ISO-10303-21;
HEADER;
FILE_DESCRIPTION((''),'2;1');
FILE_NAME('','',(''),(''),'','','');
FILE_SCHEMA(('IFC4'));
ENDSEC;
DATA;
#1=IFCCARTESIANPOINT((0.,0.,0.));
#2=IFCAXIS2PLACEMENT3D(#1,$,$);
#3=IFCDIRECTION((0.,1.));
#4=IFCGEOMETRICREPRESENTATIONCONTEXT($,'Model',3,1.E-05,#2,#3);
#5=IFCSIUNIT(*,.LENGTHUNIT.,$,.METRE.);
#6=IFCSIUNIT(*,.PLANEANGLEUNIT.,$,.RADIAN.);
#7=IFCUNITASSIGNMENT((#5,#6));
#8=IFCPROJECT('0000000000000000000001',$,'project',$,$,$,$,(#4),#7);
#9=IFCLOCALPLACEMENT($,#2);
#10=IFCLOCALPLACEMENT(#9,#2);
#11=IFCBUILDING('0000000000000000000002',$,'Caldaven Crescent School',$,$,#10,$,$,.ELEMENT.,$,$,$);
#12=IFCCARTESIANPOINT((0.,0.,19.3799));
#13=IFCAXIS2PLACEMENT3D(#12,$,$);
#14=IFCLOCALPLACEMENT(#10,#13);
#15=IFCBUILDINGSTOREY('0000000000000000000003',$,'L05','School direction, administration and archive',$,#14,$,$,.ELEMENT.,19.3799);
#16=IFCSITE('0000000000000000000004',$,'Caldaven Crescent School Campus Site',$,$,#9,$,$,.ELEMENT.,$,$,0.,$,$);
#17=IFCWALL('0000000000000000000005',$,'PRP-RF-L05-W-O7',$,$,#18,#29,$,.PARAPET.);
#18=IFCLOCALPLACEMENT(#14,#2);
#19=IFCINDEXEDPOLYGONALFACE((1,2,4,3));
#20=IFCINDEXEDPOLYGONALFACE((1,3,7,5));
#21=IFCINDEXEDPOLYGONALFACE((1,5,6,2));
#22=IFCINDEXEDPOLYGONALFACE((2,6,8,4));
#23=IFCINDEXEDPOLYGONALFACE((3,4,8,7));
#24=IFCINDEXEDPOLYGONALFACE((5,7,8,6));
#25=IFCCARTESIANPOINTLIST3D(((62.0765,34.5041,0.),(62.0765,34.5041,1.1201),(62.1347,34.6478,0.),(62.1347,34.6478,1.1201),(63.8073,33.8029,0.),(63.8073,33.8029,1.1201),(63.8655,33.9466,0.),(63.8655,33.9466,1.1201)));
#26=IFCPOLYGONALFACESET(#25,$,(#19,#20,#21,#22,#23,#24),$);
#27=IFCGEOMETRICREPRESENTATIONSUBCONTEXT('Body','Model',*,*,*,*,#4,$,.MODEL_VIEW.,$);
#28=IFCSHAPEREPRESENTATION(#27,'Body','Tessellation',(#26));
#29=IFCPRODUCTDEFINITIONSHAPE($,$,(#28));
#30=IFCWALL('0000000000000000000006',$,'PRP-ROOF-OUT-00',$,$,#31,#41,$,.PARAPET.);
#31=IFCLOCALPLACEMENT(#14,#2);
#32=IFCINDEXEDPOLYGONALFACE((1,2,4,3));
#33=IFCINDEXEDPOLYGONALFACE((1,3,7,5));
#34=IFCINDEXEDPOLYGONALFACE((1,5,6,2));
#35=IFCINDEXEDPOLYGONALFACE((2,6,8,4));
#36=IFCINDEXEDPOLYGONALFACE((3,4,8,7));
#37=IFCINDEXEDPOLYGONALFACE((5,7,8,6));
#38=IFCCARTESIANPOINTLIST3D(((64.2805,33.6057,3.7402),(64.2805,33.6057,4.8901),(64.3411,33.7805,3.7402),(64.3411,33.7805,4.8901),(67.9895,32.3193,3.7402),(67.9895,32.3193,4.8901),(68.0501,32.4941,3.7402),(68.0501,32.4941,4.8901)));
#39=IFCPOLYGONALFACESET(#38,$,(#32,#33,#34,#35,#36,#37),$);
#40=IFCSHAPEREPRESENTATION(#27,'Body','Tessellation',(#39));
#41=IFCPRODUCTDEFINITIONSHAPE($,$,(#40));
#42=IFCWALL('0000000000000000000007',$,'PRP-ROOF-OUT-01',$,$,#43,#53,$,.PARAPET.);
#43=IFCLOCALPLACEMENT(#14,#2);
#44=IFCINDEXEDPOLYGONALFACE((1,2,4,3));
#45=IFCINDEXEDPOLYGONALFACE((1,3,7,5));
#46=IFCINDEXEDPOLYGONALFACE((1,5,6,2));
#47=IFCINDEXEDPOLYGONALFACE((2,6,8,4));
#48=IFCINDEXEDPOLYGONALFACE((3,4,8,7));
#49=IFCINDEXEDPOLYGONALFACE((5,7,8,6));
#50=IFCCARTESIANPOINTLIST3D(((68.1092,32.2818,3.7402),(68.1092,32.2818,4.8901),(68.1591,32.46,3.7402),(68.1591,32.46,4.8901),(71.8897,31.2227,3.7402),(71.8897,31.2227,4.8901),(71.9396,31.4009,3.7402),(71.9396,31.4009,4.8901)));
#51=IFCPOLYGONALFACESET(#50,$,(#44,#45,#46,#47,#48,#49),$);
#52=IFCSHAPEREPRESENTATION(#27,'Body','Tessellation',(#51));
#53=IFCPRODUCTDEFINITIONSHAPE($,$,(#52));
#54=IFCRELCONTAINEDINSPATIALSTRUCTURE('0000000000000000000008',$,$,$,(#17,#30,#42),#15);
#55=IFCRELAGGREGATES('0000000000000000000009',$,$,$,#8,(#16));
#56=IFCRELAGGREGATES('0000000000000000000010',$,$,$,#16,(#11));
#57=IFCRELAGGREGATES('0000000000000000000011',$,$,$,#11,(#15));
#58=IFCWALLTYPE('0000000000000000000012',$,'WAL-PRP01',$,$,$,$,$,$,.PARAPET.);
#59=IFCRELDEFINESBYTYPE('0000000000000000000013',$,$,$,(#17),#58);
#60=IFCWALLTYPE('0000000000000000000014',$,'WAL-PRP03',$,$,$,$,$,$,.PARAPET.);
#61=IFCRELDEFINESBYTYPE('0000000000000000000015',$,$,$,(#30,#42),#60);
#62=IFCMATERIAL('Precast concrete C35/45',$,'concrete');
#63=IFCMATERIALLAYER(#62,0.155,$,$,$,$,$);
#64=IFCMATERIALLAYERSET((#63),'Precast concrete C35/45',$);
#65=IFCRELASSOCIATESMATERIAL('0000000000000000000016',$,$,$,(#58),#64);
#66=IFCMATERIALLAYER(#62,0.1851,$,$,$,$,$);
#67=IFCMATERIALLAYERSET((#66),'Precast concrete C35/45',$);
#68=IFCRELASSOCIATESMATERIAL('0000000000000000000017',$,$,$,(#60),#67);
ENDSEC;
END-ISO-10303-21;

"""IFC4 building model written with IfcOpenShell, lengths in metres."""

from ifc_helpers import new_model, si_unit, direction, frame, frame_2d, origin, place, context, subcontext, project, spatial, rectangle, extrude, material, layer, layer_set, type_object, element, save


model = new_model("IFC4")

# Units and contexts
model_context = context("Model", 3, precision=1e-05, world=origin(), true_north=direction((0.0, 1.0)))
body_context = subcontext(model_context, "Body", "Model", "MODEL_VIEW")
ifc_project = project(units=[si_unit("LENGTHUNIT", "METRE"), si_unit("PLANEANGLEUNIT", "RADIAN")], contexts=[model_context])

# Site, building, storey
site_placement = place(None, origin())
site = spatial("IfcSite", under=ifc_project, at=site_placement, Name="Caldaven Crescent School Campus Site", CompositionType="ELEMENT", RefElevation=0.0)
building_placement = place(site_placement, origin())
building = spatial("IfcBuilding", under=site, at=building_placement, Name="Caldaven Crescent School", CompositionType="ELEMENT")
storey_placement = place(building_placement, frame((0.0, 0.0, 19.3799)))
storey = spatial("IfcBuildingStorey", under=building, at=storey_placement, Name="L05", Description="School direction, administration and archive", CompositionType="ELEMENT", Elevation=19.3799)

# Walls
ifc_material_1 = material(Name="Precast concrete C35/45", Category="concrete")
ifc_layer_1 = layer(ifc_material_1, 0.155)
ifc_layer_set_1 = layer_set([ifc_layer_1], Name="Precast concrete C35/45")
wall_type_1 = type_object("IfcWallType", Name="WAL-PRP01", PredefinedType="PARAPET", material=ifc_layer_set_1)
wall_1_placement = place(storey_placement, frame((62.1057, 34.5759, 0.0), z_axis=(0.0, 0.0, 1.0), x_axis=(0.926827, -0.37549, 0.0)))
element("IfcWall", 1, at=wall_1_placement, inside=storey, type_object=wall_type_1, Name="PRP-RF-L05-W-O7", PredefinedType="PARAPET", context=body_context, shape_type="SweptSolid", body=[
    extrude(rectangle(XDim=1.8674, YDim=0.155, at=frame_2d((0.9336, 0.0))), origin(), (0.0, 0.0, 1.0), 1.1201),
])
ifc_layer_2 = layer(ifc_material_1, 0.1851)
ifc_layer_set_2 = layer_set([ifc_layer_2], Name="Precast concrete C35/45")
wall_type_2 = type_object("IfcWallType", Name="WAL-PRP03", PredefinedType="PARAPET", material=ifc_layer_set_2)
wall_2_placement = place(storey_placement, frame((64.3108, 33.6931, 3.7402), z_axis=(0.0, 0.0, 1.0), x_axis=(0.944789, -0.327679, 0.0)))
element("IfcWall", 2, at=wall_2_placement, inside=storey, type_object=wall_type_2, Name="PRP-ROOF-OUT-00", PredefinedType="PARAPET", context=body_context, shape_type="SweptSolid", body=[
    extrude(rectangle(XDim=3.9258, YDim=0.1851, at=frame_2d((1.9629, 0.0))), origin(), (0.0, 0.0, 1.0), 1.1499),
])
wall_3_placement = place(storey_placement, frame((68.1343, 32.3708, 3.7402), z_axis=(0.0, 0.0, 1.0), x_axis=(0.962928, -0.269757, 0.0)))
element("IfcWall", 3, at=wall_3_placement, inside=storey, type_object=wall_type_2, Name="PRP-ROOF-OUT-01", PredefinedType="PARAPET", context=body_context, shape_type="SweptSolid", body=[
    extrude(rectangle(XDim=3.926, YDim=0.1851, at=frame_2d((1.9629, 0.0))), origin(), (0.0, 0.0, 1.0), 1.1499),
])

save(model, "model.ifc")
